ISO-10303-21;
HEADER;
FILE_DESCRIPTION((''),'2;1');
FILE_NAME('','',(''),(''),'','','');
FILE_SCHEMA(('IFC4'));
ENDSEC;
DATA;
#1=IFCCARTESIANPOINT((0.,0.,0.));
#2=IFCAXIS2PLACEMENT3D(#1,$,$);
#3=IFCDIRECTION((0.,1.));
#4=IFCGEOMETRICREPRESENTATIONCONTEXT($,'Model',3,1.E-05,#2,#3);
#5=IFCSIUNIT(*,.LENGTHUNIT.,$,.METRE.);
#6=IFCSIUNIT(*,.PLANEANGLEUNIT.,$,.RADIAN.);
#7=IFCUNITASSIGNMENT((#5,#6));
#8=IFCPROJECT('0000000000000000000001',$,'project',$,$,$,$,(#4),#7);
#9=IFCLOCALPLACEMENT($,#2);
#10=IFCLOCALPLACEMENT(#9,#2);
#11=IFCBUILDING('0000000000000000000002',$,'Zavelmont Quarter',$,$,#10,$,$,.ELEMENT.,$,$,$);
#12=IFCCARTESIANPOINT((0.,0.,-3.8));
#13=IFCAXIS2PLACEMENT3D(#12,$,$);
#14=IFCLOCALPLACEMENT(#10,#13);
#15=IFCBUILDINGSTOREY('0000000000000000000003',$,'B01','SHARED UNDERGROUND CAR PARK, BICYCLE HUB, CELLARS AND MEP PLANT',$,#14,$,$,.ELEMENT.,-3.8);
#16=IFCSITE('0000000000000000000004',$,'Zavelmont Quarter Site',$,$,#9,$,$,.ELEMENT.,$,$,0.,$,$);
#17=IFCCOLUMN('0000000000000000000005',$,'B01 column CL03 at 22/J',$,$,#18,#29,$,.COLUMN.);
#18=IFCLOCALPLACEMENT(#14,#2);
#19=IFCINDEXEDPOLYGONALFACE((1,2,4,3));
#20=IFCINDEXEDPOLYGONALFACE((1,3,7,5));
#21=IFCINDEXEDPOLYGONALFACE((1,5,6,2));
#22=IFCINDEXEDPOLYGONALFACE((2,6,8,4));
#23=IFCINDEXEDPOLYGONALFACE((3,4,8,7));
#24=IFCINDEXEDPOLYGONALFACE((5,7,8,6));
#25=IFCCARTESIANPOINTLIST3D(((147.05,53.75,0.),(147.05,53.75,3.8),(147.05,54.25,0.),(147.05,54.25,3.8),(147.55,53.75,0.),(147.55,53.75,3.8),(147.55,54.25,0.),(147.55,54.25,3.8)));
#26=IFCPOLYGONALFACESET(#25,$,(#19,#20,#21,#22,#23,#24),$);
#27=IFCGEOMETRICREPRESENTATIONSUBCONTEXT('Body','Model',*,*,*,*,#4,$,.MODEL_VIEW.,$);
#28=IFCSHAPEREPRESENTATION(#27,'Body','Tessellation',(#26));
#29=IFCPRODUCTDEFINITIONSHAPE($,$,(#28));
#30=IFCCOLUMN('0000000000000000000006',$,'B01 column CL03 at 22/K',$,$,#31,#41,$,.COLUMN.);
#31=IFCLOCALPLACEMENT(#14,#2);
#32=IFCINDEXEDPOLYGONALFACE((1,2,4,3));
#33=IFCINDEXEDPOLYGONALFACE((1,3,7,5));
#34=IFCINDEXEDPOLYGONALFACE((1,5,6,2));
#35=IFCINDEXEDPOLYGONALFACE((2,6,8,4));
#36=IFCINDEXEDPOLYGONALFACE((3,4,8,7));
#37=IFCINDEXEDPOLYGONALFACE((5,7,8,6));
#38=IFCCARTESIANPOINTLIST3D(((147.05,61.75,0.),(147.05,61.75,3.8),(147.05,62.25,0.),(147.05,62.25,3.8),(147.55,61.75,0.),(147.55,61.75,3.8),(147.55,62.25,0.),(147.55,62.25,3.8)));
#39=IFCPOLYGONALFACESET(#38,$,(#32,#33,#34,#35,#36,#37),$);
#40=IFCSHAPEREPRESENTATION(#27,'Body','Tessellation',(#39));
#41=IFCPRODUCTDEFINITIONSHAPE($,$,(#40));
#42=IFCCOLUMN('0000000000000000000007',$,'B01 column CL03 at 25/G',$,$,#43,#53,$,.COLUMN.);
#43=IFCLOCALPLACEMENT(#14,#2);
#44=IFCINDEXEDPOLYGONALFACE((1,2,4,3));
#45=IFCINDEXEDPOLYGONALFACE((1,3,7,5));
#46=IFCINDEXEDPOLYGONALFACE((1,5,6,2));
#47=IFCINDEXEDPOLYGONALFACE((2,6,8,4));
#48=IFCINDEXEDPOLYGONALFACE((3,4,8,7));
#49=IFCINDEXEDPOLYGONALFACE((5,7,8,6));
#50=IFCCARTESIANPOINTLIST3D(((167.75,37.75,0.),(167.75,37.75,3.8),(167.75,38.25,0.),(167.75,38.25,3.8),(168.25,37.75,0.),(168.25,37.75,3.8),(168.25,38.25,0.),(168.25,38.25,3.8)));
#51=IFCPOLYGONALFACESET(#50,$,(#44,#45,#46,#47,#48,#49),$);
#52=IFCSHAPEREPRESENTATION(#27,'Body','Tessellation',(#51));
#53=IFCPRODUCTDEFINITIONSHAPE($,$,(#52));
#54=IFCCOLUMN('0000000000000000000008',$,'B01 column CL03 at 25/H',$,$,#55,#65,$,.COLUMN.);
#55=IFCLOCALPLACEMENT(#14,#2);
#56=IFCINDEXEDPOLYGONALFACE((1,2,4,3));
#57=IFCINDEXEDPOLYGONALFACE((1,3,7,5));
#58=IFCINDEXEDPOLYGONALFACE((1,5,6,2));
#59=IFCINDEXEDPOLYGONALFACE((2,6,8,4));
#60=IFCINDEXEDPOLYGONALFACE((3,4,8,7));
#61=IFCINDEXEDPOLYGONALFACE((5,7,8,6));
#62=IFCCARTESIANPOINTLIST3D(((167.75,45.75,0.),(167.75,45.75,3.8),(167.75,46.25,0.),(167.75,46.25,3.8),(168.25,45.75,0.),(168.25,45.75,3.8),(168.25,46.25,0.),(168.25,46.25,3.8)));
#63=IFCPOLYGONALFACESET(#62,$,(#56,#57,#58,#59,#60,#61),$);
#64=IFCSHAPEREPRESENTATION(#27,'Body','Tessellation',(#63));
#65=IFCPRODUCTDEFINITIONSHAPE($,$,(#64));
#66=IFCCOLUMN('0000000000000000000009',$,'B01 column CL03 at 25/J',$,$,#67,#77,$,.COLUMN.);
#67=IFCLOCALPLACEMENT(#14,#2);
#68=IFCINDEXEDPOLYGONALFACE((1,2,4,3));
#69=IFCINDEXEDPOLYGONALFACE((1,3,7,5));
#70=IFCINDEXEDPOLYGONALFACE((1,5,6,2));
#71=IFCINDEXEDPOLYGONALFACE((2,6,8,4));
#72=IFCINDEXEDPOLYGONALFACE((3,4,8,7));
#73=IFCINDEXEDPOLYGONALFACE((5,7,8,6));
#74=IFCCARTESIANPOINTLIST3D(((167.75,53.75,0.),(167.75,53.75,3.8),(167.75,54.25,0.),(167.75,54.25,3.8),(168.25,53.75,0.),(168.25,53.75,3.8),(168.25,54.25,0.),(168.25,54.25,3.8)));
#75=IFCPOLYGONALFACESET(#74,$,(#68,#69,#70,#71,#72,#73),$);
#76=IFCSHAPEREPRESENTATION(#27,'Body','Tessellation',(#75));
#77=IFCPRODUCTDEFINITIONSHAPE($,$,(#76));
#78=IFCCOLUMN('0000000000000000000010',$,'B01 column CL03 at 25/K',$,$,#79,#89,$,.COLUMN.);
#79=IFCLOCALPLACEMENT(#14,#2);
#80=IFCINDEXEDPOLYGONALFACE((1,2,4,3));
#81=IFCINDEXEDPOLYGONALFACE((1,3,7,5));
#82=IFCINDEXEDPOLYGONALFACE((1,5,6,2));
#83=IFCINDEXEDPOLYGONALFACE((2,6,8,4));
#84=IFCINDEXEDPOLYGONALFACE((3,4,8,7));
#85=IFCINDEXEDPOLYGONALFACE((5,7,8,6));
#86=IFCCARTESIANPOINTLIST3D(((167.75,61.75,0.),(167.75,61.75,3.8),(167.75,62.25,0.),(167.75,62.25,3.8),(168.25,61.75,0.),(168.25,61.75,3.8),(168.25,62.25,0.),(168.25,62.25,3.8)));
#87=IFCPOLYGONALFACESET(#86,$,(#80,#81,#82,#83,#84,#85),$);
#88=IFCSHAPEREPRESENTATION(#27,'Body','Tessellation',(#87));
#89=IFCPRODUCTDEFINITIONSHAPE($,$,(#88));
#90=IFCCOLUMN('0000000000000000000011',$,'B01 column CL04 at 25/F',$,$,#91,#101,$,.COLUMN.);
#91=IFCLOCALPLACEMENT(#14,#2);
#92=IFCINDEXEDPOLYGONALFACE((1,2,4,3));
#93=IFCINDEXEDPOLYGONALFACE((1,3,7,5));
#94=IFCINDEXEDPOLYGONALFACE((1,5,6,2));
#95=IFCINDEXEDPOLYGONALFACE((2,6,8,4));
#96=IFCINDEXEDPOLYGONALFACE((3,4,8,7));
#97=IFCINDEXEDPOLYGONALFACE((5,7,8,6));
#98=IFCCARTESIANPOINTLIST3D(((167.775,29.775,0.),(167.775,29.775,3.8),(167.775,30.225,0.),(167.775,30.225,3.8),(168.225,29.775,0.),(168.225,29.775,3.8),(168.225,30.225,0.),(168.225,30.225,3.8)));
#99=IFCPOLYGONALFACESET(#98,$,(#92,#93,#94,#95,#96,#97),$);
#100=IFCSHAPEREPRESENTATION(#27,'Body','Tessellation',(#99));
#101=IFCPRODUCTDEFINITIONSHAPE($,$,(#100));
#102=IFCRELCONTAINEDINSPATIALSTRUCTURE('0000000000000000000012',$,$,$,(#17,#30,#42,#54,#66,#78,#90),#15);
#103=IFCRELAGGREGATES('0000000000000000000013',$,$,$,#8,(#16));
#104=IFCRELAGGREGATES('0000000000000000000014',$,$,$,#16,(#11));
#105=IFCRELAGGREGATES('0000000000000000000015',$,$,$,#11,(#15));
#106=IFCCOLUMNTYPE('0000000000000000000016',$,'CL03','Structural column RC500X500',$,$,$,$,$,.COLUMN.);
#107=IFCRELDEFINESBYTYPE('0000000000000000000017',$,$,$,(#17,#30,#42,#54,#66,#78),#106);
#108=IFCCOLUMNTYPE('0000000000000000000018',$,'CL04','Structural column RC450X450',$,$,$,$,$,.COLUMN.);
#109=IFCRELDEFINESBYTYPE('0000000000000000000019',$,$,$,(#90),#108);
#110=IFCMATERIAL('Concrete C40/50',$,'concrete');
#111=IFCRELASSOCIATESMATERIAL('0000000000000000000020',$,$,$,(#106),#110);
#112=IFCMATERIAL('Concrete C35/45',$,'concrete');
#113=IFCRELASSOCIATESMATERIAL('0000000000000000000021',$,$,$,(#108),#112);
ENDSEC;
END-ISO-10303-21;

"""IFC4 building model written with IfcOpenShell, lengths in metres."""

from ifc_helpers import new_model, si_unit, direction, frame, origin, origin_2d, place, context, subcontext, project, spatial, rectangle, extrude, material, material_profile, profile_set, type_object, element, save


model = new_model("IFC4")

# Units and contexts
model_context = context("Model", 3, precision=1e-05, world=origin(), true_north=direction((0.0, 1.0)))
body_context = subcontext(model_context, "Body", "Model", "MODEL_VIEW")
ifc_project = project(units=[si_unit("LENGTHUNIT", "METRE"), si_unit("PLANEANGLEUNIT", "RADIAN")], contexts=[model_context])

# Site, building, storey
site_placement = place(None, origin())
site = spatial("IfcSite", under=ifc_project, at=site_placement, Name="Zavelmont Quarter Site", CompositionType="ELEMENT", RefElevation=0.0)
building_placement = place(site_placement, origin())
building = spatial("IfcBuilding", under=site, at=building_placement, Name="Zavelmont Quarter", CompositionType="ELEMENT")
storey_placement = place(building_placement, frame((0.0, 0.0, -3.8)))
storey = spatial("IfcBuildingStorey", under=building, at=storey_placement, Name="B01", Description="SHARED UNDERGROUND CAR PARK, BICYCLE HUB, CELLARS AND MEP PLANT", CompositionType="ELEMENT", Elevation=-3.8)

# Shared definitions
ifc_material_1 = material(Name="Concrete C35/45", Category="concrete")

# Columns
ifc_material_2 = material(Name="Concrete C40/50", Category="concrete")
ifc_material_profile_1 = material_profile(ifc_material_2, rectangle(XDim=0.5, YDim=0.5, at=origin_2d()), Name="RC500X500")
ifc_profile_set_1 = profile_set([ifc_material_profile_1], Name="Concrete C40/50")
column_type_1 = type_object("IfcColumnType", Name="CL03", Description="Structural column RC500X500", PredefinedType="COLUMN", material=ifc_profile_set_1)
for number, where, z_axis, x_axis, name in (
    (1, (147.3, 54.0, 0.0), (0.0, 0.0, 1.0), (1.0, 0.0, 0.0), "B01 column CL03 at 22/J"),
    (2, (147.3, 62.0, 0.0), (0.0, 0.0, 1.0), (1.0, 0.0, 0.0), "B01 column CL03 at 22/K"),
    (3, (168.0, 38.0, 0.0), (0.0, 0.0, 1.0), (1.0, 0.0, 0.0), "B01 column CL03 at 25/G"),
    (4, (168.0, 46.0, 0.0), (0.0, 0.0, 1.0), (1.0, 0.0, 0.0), "B01 column CL03 at 25/H"),
    (5, (168.0, 54.0, 0.0), (0.0, 0.0, 1.0), (1.0, 0.0, 0.0), "B01 column CL03 at 25/J"),
    (6, (168.0, 62.0, 0.0), (0.0, 0.0, 1.0), (1.0, 0.0, 0.0), "B01 column CL03 at 25/K"),
):
    element("IfcColumn", number, at=place(storey_placement, frame(where, z_axis=z_axis, x_axis=x_axis)), inside=storey, type_object=column_type_1, Name=name, PredefinedType="COLUMN", context=body_context, shape_type="SweptSolid", body=[
        extrude(rectangle(XDim=0.5, YDim=0.5, at=origin_2d()), origin(), (0.0, 0.0, 1.0), 3.8),
    ])
ifc_material_profile_2 = material_profile(ifc_material_1, rectangle(XDim=0.45, YDim=0.45, at=origin_2d()), Name="RC450X450")
ifc_profile_set_2 = profile_set([ifc_material_profile_2], Name="Concrete C35/45")
column_type_2 = type_object("IfcColumnType", Name="CL04", Description="Structural column RC450X450", PredefinedType="COLUMN", material=ifc_profile_set_2)
column_placement = place(storey_placement, frame((168.0, 30.0, 0.0), z_axis=(0.0, 0.0, 1.0), x_axis=(1.0, 0.0, 0.0)))
element("IfcColumn", 7, at=column_placement, inside=storey, type_object=column_type_2, Name="B01 column CL04 at 25/F", PredefinedType="COLUMN", context=body_context, shape_type="SweptSolid", body=[
    extrude(rectangle(XDim=0.45, YDim=0.45, at=origin_2d()), origin(), (0.0, 0.0, 1.0), 3.8),
])

save(model, "model.ifc")
